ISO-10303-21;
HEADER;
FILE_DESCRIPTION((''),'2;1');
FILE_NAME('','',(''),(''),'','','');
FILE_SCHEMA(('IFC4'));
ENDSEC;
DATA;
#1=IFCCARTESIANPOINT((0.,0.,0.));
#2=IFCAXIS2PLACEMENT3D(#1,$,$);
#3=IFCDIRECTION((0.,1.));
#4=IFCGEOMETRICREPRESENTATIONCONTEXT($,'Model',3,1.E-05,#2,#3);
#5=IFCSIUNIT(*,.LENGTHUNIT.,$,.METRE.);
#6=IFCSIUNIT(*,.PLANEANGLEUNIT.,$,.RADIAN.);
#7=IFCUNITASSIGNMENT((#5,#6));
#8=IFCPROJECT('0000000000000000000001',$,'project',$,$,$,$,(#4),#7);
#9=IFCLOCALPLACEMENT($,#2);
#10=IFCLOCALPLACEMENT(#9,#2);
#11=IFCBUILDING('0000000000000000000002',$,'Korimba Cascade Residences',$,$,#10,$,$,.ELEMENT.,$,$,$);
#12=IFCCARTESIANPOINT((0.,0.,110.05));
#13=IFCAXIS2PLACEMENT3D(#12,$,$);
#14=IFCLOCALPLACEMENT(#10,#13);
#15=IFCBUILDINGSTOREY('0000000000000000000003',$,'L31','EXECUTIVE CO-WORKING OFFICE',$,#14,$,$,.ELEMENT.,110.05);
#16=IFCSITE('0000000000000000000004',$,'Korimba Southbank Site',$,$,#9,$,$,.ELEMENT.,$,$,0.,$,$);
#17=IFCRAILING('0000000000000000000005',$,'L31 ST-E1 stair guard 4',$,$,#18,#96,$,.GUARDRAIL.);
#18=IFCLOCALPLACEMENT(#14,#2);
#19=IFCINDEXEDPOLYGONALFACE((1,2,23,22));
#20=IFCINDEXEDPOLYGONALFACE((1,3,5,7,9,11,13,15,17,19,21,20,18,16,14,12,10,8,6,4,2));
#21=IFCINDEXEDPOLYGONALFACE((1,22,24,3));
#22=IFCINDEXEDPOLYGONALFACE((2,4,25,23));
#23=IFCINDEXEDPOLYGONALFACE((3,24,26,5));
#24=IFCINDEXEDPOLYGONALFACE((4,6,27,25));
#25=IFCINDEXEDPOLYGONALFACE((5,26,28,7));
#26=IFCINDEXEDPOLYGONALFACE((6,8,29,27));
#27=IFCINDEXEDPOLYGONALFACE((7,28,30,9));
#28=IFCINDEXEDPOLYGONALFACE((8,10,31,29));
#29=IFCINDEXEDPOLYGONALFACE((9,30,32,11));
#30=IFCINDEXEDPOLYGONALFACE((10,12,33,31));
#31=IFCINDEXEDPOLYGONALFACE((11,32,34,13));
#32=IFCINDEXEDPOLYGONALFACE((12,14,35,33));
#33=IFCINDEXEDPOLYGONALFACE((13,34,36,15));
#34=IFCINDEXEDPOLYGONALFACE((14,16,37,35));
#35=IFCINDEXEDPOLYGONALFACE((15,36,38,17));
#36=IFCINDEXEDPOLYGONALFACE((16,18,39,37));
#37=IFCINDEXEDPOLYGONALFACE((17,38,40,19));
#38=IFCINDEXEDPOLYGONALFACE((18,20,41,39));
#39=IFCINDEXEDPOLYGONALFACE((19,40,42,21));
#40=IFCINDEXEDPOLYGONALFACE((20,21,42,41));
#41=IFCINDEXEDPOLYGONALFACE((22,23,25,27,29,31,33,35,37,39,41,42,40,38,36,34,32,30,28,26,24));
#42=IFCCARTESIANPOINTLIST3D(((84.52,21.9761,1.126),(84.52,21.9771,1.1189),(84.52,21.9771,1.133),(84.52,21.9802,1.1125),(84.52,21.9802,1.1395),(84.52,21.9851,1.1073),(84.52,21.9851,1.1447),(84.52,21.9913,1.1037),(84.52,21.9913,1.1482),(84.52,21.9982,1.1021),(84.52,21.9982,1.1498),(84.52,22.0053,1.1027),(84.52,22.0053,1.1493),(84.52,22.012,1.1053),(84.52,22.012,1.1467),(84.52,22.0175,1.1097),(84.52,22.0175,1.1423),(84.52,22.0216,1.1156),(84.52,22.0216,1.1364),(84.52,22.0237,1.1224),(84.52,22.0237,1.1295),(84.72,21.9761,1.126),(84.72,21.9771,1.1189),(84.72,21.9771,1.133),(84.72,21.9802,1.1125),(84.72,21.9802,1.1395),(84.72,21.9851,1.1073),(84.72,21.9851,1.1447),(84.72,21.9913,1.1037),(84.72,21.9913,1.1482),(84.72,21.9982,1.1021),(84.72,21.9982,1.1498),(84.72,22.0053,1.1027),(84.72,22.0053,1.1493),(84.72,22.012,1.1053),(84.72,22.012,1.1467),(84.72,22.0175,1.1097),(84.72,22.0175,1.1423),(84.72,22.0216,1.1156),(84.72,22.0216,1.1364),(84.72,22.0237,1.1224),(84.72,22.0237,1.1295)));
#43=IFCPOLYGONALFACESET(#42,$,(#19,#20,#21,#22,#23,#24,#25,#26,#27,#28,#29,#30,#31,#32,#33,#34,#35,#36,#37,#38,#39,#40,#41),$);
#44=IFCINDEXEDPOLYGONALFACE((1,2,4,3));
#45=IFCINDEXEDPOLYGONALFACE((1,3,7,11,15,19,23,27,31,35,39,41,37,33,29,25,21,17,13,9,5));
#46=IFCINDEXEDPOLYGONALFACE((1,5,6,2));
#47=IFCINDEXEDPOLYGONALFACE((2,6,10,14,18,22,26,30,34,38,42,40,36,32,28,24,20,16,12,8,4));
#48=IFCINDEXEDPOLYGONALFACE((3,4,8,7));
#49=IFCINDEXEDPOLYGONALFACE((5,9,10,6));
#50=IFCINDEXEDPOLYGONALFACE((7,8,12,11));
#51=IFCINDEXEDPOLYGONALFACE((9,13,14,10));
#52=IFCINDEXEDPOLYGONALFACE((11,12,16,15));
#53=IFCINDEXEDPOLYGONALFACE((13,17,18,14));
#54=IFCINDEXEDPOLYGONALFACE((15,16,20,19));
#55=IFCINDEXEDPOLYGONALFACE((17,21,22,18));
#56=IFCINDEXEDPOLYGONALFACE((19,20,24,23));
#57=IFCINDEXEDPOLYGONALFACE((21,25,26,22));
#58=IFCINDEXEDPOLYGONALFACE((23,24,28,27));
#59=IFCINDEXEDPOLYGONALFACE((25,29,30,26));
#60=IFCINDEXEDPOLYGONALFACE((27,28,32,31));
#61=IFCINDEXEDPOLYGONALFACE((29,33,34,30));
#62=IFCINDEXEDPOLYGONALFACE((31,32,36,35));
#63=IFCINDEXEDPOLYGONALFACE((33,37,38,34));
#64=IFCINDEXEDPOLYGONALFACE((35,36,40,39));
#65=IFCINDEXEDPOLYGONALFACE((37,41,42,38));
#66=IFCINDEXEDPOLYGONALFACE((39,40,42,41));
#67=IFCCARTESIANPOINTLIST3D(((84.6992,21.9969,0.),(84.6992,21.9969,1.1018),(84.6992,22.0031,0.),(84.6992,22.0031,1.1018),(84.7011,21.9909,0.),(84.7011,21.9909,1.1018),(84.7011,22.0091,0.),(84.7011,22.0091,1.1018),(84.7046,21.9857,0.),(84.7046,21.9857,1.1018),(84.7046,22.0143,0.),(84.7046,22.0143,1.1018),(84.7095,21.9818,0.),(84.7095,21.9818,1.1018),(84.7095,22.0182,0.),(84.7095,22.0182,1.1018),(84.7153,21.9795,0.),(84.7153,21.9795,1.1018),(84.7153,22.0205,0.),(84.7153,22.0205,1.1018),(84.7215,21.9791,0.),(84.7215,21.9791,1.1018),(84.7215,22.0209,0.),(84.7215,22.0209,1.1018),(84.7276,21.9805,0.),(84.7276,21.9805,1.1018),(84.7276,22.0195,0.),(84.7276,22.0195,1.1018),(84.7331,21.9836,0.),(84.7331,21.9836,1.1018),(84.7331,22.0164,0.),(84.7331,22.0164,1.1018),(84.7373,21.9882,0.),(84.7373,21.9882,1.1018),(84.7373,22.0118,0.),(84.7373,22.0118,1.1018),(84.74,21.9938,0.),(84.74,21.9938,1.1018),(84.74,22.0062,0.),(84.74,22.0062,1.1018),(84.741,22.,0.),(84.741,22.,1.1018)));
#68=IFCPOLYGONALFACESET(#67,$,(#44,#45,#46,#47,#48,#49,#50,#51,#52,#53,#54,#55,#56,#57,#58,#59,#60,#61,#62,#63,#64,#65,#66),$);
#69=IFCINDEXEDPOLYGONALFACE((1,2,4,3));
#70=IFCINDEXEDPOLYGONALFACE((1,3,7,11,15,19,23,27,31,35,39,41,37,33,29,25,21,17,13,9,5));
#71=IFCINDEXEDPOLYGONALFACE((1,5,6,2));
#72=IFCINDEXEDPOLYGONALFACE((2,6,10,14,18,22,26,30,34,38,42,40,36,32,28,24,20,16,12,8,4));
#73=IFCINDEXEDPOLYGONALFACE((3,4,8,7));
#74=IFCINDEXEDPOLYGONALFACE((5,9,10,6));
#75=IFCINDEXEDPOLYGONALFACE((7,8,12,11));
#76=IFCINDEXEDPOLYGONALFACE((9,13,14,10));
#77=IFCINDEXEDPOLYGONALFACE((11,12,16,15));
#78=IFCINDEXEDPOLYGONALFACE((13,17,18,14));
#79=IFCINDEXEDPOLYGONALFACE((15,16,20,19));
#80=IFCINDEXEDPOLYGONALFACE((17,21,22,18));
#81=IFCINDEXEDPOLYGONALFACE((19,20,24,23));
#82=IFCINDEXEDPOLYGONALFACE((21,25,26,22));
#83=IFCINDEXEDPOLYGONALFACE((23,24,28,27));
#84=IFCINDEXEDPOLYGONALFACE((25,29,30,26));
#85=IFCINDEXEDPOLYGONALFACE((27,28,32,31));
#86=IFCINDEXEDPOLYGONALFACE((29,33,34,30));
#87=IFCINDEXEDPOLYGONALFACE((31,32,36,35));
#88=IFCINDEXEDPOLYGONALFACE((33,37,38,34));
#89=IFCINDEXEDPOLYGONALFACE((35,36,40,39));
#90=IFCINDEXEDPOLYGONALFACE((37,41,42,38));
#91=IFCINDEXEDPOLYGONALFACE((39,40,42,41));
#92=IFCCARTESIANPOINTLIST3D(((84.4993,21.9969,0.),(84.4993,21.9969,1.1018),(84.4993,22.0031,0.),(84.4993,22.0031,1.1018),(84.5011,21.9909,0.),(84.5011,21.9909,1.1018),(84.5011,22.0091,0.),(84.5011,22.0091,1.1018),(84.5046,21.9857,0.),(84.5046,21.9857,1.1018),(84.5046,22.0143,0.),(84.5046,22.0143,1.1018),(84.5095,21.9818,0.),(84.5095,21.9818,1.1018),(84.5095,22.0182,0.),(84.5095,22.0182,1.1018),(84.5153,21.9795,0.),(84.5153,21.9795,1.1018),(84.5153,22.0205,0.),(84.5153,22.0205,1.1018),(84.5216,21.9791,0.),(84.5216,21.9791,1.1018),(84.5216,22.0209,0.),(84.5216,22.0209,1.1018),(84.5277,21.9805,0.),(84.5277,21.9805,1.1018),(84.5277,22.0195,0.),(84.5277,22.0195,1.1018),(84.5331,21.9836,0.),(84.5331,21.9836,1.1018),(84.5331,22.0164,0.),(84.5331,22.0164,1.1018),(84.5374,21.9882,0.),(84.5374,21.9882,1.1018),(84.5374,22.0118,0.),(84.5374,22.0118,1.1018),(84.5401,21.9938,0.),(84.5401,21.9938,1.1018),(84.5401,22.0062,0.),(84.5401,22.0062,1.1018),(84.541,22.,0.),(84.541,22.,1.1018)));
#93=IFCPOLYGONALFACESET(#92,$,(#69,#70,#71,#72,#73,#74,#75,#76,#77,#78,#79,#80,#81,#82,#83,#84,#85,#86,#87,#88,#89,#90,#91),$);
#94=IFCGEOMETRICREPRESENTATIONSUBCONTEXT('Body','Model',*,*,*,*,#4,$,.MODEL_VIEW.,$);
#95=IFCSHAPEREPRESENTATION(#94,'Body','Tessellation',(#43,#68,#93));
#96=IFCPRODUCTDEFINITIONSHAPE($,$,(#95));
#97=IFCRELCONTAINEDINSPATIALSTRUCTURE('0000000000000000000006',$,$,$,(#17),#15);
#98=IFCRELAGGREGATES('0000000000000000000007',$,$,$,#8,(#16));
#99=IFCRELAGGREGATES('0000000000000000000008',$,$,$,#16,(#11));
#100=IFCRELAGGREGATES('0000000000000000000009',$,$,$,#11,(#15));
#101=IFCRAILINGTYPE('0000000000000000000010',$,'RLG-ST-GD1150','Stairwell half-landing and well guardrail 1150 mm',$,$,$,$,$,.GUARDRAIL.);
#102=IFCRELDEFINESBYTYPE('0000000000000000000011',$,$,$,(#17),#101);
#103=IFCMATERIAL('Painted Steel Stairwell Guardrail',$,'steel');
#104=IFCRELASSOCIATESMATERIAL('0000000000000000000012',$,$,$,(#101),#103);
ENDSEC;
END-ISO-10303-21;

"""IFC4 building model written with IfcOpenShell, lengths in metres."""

from ifc_helpers import new_model, si_unit, direction, frame, origin, origin_2d, place, context, subcontext, project, spatial, circle, extrude, material, type_object, element, save


model = new_model("IFC4")

# Units and contexts
model_context = context("Model", 3, precision=1e-05, world=origin(), true_north=direction((0.0, 1.0)))
body_context = subcontext(model_context, "Body", "Model", "MODEL_VIEW")
ifc_project = project(units=[si_unit("LENGTHUNIT", "METRE"), si_unit("PLANEANGLEUNIT", "RADIAN")], contexts=[model_context])

# Site, building, storey
site_placement = place(None, origin())
site = spatial("IfcSite", under=ifc_project, at=site_placement, Name="Korimba Southbank Site", CompositionType="ELEMENT", RefElevation=0.0)
building_placement = place(site_placement, origin())
building = spatial("IfcBuilding", under=site, at=building_placement, Name="Korimba Cascade Residences", CompositionType="ELEMENT")
storey_placement = place(building_placement, frame((0.0, 0.0, 110.05)))
storey = spatial("IfcBuildingStorey", under=building, at=storey_placement, Name="L31", Description="EXECUTIVE CO-WORKING OFFICE", CompositionType="ELEMENT", Elevation=110.05)

# Railing
ifc_material_1 = material(Name="Painted Steel Stairwell Guardrail", Category="steel")
railing_type_1 = type_object("IfcRailingType", Name="RLG-ST-GD1150", Description="Stairwell half-landing and well guardrail 1150 mm", PredefinedType="GUARDRAIL", material=ifc_material_1)
railing_1_placement = place(storey_placement, frame((84.72, 22.0, 0.0)))
element("IfcRailing", 1, at=railing_1_placement, inside=storey, type_object=railing_type_1, Name="L31 ST-E1 stair guard 4", PredefinedType="GUARDRAIL", context=body_context, shape_type="SweptSolid", body=[
    extrude(circle(Radius=0.0239, at=origin_2d()), frame((0.0, 0.0, 1.126), z_axis=(-1.0, 0.0, 0.0), x_axis=(0.0, -1.0, 0.0)), (0.0, 0.0, 1.0), 0.2),
    extrude(circle(Radius=0.021, at=origin_2d()), origin(), (0.0, 0.0, 1.0), 1.1018),
    extrude(circle(Radius=0.021, at=origin_2d()), frame((-0.2, 0.0, 0.0)), (0.0, 0.0, 1.0), 1.1018),
])

save(model, "model.ifc")
